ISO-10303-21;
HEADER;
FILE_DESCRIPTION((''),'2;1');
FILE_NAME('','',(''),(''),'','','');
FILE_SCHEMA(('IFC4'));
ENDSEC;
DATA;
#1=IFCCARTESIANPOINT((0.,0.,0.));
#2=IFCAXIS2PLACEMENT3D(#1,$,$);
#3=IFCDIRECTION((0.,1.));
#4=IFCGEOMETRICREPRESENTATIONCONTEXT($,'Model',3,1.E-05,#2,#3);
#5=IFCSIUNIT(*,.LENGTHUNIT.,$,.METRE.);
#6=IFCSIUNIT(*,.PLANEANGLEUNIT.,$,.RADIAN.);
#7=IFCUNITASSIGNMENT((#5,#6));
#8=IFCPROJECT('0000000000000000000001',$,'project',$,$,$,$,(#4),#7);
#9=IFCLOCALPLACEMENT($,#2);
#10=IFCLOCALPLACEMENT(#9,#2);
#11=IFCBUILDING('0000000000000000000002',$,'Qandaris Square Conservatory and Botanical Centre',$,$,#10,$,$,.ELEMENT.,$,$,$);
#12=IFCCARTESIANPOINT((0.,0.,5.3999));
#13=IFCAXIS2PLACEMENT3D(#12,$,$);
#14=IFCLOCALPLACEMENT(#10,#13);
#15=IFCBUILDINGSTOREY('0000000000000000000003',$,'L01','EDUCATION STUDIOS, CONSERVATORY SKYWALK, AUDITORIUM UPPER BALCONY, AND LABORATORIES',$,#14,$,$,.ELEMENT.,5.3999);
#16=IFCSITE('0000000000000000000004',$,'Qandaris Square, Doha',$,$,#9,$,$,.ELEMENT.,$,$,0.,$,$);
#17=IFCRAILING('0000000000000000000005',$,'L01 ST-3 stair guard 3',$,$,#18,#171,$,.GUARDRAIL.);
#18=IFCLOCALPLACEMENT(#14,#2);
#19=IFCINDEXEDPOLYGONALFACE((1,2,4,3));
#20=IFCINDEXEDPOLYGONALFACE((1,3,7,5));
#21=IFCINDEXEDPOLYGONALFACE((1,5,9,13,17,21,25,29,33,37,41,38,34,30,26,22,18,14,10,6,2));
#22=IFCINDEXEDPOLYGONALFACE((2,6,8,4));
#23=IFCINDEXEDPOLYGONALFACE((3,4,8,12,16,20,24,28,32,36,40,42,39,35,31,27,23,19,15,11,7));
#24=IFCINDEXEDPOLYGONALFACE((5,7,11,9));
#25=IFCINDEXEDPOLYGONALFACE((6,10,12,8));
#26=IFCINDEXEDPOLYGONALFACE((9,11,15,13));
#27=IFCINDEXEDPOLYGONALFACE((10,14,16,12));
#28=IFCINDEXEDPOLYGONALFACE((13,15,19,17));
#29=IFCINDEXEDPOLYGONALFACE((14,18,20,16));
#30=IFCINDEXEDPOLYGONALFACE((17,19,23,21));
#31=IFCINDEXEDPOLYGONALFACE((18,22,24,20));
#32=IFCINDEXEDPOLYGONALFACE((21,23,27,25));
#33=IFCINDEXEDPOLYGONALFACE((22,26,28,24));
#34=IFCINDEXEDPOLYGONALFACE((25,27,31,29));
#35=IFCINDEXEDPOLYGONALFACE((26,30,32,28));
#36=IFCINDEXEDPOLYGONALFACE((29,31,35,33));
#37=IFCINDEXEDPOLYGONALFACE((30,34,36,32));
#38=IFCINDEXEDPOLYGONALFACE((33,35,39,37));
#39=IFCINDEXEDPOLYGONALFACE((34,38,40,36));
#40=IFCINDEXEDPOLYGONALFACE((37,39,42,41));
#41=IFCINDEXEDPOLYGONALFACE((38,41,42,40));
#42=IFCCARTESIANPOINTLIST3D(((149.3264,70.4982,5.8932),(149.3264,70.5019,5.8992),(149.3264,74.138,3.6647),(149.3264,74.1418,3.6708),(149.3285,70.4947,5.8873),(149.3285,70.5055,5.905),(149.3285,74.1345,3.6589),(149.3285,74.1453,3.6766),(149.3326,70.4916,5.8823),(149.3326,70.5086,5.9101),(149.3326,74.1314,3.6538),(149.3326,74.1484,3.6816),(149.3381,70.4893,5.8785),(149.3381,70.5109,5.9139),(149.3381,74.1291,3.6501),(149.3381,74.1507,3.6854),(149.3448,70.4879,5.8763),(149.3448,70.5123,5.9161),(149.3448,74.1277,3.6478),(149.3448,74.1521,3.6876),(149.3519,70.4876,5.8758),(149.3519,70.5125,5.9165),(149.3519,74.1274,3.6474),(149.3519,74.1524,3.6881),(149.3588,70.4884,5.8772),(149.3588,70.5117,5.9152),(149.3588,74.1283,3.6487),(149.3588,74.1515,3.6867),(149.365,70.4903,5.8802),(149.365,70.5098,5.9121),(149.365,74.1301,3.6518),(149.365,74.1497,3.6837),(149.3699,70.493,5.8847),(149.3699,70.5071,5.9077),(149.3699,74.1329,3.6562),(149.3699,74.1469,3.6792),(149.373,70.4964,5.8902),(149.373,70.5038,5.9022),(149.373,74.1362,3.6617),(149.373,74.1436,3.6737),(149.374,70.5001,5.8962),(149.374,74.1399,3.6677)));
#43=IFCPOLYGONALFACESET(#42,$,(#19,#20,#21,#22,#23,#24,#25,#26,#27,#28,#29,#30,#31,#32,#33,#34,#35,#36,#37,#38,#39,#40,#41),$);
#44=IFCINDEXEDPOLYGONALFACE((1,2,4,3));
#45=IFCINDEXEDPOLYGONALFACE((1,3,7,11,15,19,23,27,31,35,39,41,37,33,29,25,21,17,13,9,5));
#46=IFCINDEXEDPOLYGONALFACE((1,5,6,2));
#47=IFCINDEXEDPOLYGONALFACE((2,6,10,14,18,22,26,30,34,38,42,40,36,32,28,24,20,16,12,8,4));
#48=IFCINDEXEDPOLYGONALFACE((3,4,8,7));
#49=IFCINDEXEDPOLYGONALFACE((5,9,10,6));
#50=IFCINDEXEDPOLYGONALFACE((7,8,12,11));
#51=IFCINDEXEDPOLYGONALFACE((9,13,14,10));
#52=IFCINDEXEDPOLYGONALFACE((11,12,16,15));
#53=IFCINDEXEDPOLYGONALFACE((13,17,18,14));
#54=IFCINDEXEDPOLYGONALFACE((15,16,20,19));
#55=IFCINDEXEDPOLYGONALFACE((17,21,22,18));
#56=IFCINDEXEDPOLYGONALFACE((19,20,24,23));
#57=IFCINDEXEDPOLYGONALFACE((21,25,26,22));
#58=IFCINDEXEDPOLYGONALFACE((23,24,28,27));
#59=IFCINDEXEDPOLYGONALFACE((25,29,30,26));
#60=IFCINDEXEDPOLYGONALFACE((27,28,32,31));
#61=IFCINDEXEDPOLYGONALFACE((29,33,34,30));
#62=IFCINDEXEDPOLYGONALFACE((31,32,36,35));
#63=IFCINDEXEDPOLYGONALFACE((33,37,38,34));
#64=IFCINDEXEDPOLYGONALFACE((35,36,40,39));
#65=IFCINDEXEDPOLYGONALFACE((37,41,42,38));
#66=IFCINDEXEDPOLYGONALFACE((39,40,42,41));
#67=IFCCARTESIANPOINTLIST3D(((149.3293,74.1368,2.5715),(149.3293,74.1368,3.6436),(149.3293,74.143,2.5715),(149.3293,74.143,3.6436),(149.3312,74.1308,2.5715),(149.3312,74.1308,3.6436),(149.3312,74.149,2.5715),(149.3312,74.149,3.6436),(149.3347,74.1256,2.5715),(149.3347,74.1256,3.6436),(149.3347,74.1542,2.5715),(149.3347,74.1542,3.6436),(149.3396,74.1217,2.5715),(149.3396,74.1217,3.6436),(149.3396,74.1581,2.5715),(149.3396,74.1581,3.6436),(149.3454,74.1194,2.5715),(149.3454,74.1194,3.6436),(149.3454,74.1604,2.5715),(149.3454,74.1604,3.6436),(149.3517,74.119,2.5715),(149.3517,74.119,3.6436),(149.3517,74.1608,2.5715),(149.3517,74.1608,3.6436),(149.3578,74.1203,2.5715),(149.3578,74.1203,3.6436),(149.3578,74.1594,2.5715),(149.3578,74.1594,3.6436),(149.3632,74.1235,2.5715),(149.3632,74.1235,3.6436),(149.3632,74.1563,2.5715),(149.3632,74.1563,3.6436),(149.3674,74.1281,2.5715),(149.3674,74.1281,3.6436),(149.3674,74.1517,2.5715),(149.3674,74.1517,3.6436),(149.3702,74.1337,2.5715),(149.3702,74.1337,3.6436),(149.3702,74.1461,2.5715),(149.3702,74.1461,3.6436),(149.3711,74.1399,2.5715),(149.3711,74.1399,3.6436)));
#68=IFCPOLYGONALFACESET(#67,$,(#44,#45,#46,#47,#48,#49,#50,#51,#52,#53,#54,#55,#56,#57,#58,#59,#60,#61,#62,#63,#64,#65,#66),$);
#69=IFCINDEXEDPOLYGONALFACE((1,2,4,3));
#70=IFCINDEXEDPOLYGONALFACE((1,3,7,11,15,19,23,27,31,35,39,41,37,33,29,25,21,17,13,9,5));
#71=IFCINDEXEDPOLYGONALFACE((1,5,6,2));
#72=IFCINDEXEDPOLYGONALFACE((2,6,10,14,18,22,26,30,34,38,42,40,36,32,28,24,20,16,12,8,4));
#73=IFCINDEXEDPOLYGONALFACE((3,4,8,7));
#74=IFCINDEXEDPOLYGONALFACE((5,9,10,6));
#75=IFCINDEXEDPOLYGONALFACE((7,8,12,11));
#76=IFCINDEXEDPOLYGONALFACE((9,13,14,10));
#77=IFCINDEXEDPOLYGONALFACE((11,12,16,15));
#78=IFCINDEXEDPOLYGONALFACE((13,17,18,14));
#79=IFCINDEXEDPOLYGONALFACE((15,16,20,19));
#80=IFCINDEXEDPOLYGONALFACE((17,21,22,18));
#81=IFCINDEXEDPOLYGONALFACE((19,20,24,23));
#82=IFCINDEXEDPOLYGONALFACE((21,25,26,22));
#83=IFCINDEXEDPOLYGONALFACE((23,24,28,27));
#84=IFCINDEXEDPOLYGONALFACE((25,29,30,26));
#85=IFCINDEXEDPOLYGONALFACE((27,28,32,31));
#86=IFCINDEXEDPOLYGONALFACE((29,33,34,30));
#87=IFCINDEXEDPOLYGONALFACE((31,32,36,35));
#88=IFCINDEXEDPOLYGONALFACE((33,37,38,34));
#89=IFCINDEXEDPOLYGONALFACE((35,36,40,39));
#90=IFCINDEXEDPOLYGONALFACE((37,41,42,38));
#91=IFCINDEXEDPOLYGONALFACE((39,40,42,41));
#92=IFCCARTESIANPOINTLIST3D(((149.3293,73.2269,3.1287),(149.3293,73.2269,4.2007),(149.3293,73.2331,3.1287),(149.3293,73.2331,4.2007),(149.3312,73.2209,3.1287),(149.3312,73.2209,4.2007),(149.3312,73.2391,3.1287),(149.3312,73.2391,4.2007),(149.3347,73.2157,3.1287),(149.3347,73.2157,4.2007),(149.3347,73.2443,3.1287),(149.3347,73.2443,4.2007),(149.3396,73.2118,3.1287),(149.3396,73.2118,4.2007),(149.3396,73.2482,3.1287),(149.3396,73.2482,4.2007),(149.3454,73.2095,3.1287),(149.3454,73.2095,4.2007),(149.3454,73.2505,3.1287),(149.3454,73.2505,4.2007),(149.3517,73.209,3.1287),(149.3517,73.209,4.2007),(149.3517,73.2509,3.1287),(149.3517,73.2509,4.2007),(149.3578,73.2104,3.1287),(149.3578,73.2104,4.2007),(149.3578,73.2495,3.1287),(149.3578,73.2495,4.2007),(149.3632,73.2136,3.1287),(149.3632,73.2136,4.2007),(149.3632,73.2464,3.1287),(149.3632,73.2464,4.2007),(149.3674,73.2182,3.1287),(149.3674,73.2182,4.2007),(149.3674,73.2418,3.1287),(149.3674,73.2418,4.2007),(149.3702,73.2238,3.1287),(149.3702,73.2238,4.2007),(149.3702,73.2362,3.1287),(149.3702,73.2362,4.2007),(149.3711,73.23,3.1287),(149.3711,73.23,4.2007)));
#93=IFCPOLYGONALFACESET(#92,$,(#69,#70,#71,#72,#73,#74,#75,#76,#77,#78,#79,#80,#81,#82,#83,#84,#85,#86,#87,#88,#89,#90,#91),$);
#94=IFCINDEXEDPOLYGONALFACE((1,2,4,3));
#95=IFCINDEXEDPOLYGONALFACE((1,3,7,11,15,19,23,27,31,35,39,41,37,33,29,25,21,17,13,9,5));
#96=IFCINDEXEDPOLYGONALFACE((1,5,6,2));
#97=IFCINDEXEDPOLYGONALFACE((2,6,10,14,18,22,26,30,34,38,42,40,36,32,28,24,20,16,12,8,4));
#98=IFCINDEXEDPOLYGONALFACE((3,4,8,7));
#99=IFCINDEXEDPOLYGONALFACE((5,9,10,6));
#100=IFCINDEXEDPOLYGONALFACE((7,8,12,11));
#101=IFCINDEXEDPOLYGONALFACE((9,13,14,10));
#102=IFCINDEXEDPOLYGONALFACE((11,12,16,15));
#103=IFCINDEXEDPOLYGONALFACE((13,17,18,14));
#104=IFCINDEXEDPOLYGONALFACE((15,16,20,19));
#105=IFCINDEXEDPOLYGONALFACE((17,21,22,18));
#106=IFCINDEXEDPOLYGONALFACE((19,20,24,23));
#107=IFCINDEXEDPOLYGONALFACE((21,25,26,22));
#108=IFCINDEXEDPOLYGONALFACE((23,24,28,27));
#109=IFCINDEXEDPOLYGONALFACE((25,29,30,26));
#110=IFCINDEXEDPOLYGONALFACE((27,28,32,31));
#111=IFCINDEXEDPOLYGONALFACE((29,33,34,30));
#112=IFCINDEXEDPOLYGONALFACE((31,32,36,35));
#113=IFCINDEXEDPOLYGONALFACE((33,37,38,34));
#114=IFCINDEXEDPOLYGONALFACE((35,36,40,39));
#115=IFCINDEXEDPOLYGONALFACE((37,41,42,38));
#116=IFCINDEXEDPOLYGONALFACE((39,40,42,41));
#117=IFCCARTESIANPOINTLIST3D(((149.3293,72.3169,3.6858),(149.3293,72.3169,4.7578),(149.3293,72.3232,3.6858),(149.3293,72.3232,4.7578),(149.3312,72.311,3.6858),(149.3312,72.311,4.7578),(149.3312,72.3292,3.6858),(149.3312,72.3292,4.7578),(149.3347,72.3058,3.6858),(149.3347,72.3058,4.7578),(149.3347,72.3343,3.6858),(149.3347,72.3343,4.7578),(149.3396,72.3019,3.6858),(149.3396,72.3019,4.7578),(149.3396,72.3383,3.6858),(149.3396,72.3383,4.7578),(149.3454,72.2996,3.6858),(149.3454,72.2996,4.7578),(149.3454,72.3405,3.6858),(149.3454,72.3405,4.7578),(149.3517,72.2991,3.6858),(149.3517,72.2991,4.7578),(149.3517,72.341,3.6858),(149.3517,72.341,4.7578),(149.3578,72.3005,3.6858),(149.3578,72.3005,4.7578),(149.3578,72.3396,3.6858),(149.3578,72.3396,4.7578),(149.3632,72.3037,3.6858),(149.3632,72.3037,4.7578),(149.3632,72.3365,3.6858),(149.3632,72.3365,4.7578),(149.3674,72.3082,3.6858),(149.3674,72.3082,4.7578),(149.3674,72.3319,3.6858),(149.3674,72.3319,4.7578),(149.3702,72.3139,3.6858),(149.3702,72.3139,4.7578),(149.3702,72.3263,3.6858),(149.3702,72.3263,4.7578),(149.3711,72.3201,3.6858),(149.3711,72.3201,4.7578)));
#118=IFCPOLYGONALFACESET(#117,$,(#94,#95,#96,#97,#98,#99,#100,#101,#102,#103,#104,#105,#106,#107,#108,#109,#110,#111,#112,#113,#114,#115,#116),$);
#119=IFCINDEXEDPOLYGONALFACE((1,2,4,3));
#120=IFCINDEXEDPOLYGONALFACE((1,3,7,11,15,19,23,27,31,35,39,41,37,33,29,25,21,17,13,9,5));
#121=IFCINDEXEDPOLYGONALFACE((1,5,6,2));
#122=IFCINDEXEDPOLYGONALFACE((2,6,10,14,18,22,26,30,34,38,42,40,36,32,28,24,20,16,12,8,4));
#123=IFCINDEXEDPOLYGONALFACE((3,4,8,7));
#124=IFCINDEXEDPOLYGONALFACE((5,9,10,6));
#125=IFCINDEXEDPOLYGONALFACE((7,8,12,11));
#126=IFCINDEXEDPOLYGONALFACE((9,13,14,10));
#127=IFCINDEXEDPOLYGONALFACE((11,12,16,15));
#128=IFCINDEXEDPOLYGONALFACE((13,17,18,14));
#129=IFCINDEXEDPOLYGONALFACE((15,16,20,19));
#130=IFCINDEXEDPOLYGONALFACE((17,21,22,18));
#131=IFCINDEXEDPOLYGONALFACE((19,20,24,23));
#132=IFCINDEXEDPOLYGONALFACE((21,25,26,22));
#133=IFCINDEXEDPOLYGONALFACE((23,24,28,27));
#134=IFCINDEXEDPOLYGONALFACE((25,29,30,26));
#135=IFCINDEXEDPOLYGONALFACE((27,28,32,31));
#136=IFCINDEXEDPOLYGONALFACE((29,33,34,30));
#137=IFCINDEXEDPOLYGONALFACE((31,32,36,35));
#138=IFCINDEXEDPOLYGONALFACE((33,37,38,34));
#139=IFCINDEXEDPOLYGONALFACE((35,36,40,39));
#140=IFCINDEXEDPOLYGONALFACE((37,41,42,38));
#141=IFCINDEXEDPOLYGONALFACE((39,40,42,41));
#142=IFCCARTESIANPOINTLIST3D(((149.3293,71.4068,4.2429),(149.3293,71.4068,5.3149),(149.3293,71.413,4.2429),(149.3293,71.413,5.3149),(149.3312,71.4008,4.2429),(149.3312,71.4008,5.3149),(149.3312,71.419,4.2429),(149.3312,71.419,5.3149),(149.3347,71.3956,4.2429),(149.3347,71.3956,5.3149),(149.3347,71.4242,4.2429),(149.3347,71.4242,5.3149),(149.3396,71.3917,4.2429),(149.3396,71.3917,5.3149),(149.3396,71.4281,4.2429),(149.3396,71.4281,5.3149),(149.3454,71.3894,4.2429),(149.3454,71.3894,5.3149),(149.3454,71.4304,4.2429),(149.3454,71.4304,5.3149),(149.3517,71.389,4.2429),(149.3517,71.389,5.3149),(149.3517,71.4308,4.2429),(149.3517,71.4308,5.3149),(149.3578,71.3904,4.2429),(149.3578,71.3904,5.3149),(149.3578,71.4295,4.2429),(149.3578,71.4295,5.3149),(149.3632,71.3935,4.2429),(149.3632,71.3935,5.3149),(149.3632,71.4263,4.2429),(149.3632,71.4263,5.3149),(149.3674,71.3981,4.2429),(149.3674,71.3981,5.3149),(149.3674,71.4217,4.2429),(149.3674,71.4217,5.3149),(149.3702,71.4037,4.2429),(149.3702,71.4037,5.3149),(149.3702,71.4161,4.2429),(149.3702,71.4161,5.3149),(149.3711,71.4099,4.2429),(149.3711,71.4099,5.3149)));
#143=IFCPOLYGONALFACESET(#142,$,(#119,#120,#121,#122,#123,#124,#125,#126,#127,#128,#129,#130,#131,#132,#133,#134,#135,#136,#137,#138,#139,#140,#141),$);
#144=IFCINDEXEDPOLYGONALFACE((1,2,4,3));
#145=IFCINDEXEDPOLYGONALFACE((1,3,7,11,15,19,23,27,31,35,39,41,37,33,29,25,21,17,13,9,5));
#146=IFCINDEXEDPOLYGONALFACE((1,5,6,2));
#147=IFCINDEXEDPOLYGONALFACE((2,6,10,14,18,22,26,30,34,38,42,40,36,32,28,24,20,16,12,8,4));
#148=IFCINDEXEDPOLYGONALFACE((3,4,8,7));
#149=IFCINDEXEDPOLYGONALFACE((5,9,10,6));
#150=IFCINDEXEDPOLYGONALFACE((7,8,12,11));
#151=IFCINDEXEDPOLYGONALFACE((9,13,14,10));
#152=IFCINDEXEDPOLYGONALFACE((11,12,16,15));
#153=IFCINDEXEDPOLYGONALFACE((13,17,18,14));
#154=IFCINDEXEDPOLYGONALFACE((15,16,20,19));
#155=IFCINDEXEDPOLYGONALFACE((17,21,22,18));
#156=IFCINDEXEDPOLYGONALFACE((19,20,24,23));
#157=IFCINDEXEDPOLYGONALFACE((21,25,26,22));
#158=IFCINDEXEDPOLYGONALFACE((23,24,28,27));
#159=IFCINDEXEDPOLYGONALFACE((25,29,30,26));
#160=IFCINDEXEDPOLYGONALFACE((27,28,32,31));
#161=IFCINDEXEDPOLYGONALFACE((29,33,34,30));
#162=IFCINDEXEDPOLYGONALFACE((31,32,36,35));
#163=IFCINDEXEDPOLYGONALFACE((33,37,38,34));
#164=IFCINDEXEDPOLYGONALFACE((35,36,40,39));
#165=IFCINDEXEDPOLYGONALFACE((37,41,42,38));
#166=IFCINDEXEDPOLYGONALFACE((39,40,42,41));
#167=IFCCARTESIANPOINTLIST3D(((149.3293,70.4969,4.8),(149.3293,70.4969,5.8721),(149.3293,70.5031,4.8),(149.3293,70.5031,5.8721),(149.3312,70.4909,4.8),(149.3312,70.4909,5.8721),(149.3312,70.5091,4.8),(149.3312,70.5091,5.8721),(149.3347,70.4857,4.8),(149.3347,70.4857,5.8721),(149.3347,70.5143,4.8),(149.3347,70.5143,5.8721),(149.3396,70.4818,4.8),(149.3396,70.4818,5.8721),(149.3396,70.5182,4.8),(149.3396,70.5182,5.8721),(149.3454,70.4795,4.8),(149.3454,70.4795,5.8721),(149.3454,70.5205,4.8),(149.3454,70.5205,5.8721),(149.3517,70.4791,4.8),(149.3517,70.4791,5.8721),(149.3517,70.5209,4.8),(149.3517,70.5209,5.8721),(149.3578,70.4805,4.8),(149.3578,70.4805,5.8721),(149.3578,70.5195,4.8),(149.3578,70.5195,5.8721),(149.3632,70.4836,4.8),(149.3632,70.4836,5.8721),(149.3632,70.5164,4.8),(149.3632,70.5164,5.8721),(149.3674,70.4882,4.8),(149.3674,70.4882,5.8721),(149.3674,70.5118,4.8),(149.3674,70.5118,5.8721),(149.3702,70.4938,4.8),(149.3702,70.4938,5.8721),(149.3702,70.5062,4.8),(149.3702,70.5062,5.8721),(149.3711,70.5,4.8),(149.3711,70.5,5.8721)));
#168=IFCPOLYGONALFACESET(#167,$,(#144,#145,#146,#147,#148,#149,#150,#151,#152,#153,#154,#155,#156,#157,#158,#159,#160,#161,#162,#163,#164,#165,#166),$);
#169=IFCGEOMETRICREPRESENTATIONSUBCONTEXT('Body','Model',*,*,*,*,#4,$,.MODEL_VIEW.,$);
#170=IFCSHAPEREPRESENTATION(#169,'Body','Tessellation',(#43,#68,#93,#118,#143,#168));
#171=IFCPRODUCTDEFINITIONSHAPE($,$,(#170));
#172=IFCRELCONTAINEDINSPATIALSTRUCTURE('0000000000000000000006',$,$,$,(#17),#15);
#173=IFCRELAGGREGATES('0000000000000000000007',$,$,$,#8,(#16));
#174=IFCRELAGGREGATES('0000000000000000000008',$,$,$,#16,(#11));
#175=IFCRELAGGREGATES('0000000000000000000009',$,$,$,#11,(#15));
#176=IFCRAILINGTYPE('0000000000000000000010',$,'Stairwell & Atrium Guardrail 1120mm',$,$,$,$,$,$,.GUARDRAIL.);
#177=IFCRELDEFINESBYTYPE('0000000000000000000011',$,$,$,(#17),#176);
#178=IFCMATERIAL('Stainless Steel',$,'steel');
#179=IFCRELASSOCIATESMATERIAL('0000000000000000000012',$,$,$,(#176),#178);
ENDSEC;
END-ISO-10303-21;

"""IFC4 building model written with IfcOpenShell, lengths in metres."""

from ifc_helpers import new_model, si_unit, direction, frame, origin, origin_2d, place, context, subcontext, project, spatial, circle, extrude, material, type_object, element, save


model = new_model("IFC4")

# Units and contexts
model_context = context("Model", 3, precision=1e-05, world=origin(), true_north=direction((0.0, 1.0)))
body_context = subcontext(model_context, "Body", "Model", "MODEL_VIEW")
ifc_project = project(units=[si_unit("LENGTHUNIT", "METRE"), si_unit("PLANEANGLEUNIT", "RADIAN")], contexts=[model_context])

# Site, building, storey
site_placement = place(None, origin())
site = spatial("IfcSite", under=ifc_project, at=site_placement, Name="Qandaris Square, Doha", CompositionType="ELEMENT", RefElevation=0.0)
building_placement = place(site_placement, origin())
building = spatial("IfcBuilding", under=site, at=building_placement, Name="Qandaris Square Conservatory and Botanical Centre", CompositionType="ELEMENT")
storey_placement = place(building_placement, frame((0.0, 0.0, 5.3999)))
storey = spatial("IfcBuildingStorey", under=building, at=storey_placement, Name="L01", Description="EDUCATION STUDIOS, CONSERVATORY SKYWALK, AUDITORIUM UPPER BALCONY, AND LABORATORIES", CompositionType="ELEMENT", Elevation=5.3999)

# Railing
ifc_material_1 = material(Name="Stainless Steel", Category="steel")
railing_type_1 = type_object("IfcRailingType", Name="Stairwell & Atrium Guardrail 1120mm", PredefinedType="GUARDRAIL", material=ifc_material_1)
railing_1_placement = place(storey_placement, frame((149.3501, 74.1399, 2.5715)))
element("IfcRailing", 1, at=railing_1_placement, inside=storey, type_object=railing_type_1, Name="L01 ST-3 stair guard 3", PredefinedType="GUARDRAIL", context=body_context, shape_type="SweptSolid", body=[
    extrude(circle(Radius=0.0239, at=origin_2d()), frame((0.0, 0.0, 1.0962), z_axis=(0.0, -0.85285, 0.522156), x_axis=(1.0, 0.0, 0.0)), (0.0, 0.0, 1.0), 4.2678),
    extrude(circle(Radius=0.021, at=origin_2d()), origin(), (0.0, 0.0, 1.0), 1.072),
    extrude(circle(Radius=0.021, at=origin_2d()), frame((0.0, -0.9099, 0.5571)), (0.0, 0.0, 1.0), 1.072),
    extrude(circle(Radius=0.021, at=origin_2d()), frame((0.0, -1.8198, 1.1143)), (0.0, 0.0, 1.0), 1.072),
    extrude(circle(Radius=0.021, at=origin_2d()), frame((0.0, -2.73, 1.6714)), (0.0, 0.0, 1.0), 1.072),
    extrude(circle(Radius=0.021, at=origin_2d()), frame((0.0, -3.6399, 2.2285)), (0.0, 0.0, 1.0), 1.072),
])

save(model, "model.ifc")
